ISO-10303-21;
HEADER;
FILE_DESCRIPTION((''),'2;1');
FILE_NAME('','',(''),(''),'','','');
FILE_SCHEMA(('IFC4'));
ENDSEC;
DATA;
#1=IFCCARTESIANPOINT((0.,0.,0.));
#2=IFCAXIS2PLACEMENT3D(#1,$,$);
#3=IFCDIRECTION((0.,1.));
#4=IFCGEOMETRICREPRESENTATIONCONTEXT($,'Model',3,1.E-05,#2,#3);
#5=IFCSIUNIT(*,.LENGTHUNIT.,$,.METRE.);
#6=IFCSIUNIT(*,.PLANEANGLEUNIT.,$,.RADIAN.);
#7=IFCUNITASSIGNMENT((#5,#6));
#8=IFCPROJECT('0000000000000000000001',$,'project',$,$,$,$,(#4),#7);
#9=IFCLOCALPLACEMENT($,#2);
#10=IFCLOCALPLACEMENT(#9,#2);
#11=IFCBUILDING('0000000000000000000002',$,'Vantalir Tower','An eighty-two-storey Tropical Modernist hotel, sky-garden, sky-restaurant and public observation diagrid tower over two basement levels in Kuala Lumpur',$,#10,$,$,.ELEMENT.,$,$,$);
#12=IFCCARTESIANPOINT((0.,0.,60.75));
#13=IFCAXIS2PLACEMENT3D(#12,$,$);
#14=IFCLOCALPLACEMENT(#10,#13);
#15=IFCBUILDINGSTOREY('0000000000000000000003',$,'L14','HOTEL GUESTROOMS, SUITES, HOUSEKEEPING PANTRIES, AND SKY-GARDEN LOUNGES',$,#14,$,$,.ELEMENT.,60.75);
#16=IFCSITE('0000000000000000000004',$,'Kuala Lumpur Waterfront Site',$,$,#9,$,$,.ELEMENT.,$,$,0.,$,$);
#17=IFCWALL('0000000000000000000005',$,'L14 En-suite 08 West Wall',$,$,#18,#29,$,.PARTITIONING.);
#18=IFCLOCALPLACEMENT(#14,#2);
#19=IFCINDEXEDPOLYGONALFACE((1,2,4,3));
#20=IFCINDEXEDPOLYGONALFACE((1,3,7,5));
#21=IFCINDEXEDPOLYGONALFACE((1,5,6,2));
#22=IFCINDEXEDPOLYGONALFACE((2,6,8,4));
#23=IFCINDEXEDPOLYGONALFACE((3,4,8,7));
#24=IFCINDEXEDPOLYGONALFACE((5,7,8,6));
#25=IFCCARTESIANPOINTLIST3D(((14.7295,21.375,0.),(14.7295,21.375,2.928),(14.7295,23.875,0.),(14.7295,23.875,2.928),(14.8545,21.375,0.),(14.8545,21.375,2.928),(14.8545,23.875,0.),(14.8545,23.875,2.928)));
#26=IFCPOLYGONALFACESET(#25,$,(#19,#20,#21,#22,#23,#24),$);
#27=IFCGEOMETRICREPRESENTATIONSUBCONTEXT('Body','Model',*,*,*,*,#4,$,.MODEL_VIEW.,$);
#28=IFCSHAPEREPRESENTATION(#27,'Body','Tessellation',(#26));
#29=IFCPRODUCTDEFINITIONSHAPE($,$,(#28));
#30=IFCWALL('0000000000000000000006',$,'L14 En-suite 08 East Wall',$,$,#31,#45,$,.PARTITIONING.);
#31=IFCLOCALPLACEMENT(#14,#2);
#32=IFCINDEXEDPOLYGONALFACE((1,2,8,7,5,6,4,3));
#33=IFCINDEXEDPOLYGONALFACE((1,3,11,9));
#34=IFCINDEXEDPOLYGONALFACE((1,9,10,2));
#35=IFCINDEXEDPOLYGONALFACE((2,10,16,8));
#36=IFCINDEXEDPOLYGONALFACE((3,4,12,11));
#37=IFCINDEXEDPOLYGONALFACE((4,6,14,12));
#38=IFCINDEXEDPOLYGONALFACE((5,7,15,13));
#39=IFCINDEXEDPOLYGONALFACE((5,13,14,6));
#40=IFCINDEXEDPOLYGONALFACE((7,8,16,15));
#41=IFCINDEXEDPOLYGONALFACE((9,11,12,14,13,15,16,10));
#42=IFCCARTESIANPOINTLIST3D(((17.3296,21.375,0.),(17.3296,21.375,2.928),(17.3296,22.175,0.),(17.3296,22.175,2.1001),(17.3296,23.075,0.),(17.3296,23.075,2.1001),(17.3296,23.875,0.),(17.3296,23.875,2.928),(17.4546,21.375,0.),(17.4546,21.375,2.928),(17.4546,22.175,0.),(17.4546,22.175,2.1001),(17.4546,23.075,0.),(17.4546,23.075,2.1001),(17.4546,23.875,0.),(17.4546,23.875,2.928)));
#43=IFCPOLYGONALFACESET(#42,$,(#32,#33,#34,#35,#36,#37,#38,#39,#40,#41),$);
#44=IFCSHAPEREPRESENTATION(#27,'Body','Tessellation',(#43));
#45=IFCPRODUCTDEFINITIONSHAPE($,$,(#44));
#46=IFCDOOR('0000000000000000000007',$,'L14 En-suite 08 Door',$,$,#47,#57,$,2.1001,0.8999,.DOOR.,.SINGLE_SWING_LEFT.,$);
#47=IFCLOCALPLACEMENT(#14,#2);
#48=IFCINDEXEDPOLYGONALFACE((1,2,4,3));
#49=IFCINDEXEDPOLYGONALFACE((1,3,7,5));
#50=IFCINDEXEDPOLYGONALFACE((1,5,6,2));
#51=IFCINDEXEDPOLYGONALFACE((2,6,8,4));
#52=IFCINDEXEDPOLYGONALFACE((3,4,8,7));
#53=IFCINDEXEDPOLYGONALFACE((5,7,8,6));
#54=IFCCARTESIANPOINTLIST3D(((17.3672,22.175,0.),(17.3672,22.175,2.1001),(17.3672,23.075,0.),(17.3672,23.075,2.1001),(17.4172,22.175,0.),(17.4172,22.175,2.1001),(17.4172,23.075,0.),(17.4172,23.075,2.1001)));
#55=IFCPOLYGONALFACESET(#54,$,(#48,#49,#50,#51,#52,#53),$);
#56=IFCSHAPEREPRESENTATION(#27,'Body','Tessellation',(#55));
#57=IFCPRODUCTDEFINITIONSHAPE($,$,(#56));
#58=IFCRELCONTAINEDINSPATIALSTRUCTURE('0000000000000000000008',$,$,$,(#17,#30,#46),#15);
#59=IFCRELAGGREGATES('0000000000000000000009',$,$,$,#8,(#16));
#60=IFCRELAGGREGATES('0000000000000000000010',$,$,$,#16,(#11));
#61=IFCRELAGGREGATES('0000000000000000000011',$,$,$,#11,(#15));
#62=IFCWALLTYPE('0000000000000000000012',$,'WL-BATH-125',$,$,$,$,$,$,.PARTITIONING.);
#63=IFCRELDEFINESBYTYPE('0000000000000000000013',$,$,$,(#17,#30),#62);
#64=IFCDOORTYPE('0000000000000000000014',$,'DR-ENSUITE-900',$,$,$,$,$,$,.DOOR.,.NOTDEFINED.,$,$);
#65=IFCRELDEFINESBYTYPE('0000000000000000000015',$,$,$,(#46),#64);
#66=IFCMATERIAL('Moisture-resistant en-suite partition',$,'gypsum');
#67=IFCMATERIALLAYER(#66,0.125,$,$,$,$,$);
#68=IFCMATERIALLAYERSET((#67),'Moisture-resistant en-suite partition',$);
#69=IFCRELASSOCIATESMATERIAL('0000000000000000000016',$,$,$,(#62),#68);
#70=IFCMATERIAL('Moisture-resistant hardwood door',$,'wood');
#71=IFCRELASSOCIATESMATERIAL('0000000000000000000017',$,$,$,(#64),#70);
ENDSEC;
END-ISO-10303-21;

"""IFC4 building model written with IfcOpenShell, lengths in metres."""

from ifc_helpers import new_model, si_unit, direction, frame, frame_2d, origin, place, context, subcontext, project, spatial, rectangle, extrude, material, layer, layer_set, type_object, element, fill, save


model = new_model("IFC4")

# Units and contexts
model_context = context("Model", 3, precision=1e-05, world=origin(), true_north=direction((0.0, 1.0)))
body_context = subcontext(model_context, "Body", "Model", "MODEL_VIEW")
ifc_project = project(units=[si_unit("LENGTHUNIT", "METRE"), si_unit("PLANEANGLEUNIT", "RADIAN")], contexts=[model_context])

# Site, building, storey
site_placement = place(None, origin())
site = spatial("IfcSite", under=ifc_project, at=site_placement, Name="Kuala Lumpur Waterfront Site", CompositionType="ELEMENT", RefElevation=0.0)
building_placement = place(site_placement, origin())
building = spatial("IfcBuilding", under=site, at=building_placement, Name="Vantalir Tower", Description="An eighty-two-storey Tropical Modernist hotel, sky-garden, sky-restaurant and public observation diagrid tower over two basement levels in Kuala Lumpur", CompositionType="ELEMENT")
storey_placement = place(building_placement, frame((0.0, 0.0, 60.75)))
storey = spatial("IfcBuildingStorey", under=building, at=storey_placement, Name="L14", Description="HOTEL GUESTROOMS, SUITES, HOUSEKEEPING PANTRIES, AND SKY-GARDEN LOUNGES", CompositionType="ELEMENT", Elevation=60.75)

# Wall
ifc_material_1 = material(Name="Moisture-resistant en-suite partition", Category="gypsum")
ifc_layer_1 = layer(ifc_material_1, 0.125)
ifc_layer_set_1 = layer_set([ifc_layer_1], Name="Moisture-resistant en-suite partition")
wall_type = type_object("IfcWallType", Name="WL-BATH-125", PredefinedType="PARTITIONING", material=ifc_layer_set_1)
wall_1_placement = place(storey_placement, frame((14.792, 21.375, 0.0), z_axis=(0.0, 0.0, 1.0), x_axis=(0.0, 1.0, 0.0)))
element("IfcWall", 1, at=wall_1_placement, inside=storey, type_object=wall_type, Name="L14 En-suite 08 West Wall", PredefinedType="PARTITIONING", context=body_context, shape_type="SweptSolid", body=[
    extrude(rectangle(XDim=2.5, YDim=0.125, at=frame_2d((1.25, 0.0))), origin(), (0.0, 0.0, 1.0), 2.928),
])

# Wall, opening, door
wall_2_placement = place(storey_placement, frame((17.3921, 21.375, 0.0), z_axis=(0.0, 0.0, 1.0), x_axis=(0.0, 1.0, 0.0)))
wall_2 = element("IfcWall", 2, at=wall_2_placement, inside=storey, type_object=wall_type, Name="L14 En-suite 08 East Wall", PredefinedType="PARTITIONING", context=body_context, shape_type="SweptSolid", body=[
    extrude(rectangle(XDim=2.5, YDim=0.125, at=frame_2d((1.25, 0.0))), origin(), (0.0, 0.0, 1.0), 2.928),
])
opening_placement = place(wall_2_placement, frame((0.8, 0.0, 0.0)))
opening = element("IfcOpeningElement", 3, at=opening_placement, cuts=wall_2, PredefinedType="OPENING", context=body_context, shape_type="SweptSolid", body=[
    extrude(rectangle(XDim=0.8999, YDim=2.1001, at=frame_2d((0.45, 1.05))), frame((0.0, 0.0725, 0.0), z_axis=(0.0, -1.0, 0.0), x_axis=(1.0, 0.0, 0.0)), (0.0, 0.0, 1.0), 0.145),
])
ifc_material_2 = material(Name="Moisture-resistant hardwood door", Category="wood")
door_type = type_object("IfcDoorType", Name="DR-ENSUITE-900", OperationType="NOTDEFINED", PredefinedType="DOOR", material=ifc_material_2)
door_placement = place(opening_placement, origin())
door = element("IfcDoor", 4, at=door_placement, inside=storey, type_object=door_type, Name="L14 En-suite 08 Door", OperationType="SINGLE_SWING_LEFT", OverallHeight=2.1001, OverallWidth=0.8999, PredefinedType="DOOR", context=body_context, shape_type="SweptSolid", body=[
    extrude(rectangle(XDim=0.8999, YDim=2.1001, at=frame_2d((0.45, 1.05))), frame((0.0, 0.0249, 0.0), z_axis=(0.0, -1.0, 0.0), x_axis=(1.0, 0.0, 0.0)), (0.0, 0.0, 1.0), 0.05),
])
fill(opening, door)

save(model, "model.ifc")
